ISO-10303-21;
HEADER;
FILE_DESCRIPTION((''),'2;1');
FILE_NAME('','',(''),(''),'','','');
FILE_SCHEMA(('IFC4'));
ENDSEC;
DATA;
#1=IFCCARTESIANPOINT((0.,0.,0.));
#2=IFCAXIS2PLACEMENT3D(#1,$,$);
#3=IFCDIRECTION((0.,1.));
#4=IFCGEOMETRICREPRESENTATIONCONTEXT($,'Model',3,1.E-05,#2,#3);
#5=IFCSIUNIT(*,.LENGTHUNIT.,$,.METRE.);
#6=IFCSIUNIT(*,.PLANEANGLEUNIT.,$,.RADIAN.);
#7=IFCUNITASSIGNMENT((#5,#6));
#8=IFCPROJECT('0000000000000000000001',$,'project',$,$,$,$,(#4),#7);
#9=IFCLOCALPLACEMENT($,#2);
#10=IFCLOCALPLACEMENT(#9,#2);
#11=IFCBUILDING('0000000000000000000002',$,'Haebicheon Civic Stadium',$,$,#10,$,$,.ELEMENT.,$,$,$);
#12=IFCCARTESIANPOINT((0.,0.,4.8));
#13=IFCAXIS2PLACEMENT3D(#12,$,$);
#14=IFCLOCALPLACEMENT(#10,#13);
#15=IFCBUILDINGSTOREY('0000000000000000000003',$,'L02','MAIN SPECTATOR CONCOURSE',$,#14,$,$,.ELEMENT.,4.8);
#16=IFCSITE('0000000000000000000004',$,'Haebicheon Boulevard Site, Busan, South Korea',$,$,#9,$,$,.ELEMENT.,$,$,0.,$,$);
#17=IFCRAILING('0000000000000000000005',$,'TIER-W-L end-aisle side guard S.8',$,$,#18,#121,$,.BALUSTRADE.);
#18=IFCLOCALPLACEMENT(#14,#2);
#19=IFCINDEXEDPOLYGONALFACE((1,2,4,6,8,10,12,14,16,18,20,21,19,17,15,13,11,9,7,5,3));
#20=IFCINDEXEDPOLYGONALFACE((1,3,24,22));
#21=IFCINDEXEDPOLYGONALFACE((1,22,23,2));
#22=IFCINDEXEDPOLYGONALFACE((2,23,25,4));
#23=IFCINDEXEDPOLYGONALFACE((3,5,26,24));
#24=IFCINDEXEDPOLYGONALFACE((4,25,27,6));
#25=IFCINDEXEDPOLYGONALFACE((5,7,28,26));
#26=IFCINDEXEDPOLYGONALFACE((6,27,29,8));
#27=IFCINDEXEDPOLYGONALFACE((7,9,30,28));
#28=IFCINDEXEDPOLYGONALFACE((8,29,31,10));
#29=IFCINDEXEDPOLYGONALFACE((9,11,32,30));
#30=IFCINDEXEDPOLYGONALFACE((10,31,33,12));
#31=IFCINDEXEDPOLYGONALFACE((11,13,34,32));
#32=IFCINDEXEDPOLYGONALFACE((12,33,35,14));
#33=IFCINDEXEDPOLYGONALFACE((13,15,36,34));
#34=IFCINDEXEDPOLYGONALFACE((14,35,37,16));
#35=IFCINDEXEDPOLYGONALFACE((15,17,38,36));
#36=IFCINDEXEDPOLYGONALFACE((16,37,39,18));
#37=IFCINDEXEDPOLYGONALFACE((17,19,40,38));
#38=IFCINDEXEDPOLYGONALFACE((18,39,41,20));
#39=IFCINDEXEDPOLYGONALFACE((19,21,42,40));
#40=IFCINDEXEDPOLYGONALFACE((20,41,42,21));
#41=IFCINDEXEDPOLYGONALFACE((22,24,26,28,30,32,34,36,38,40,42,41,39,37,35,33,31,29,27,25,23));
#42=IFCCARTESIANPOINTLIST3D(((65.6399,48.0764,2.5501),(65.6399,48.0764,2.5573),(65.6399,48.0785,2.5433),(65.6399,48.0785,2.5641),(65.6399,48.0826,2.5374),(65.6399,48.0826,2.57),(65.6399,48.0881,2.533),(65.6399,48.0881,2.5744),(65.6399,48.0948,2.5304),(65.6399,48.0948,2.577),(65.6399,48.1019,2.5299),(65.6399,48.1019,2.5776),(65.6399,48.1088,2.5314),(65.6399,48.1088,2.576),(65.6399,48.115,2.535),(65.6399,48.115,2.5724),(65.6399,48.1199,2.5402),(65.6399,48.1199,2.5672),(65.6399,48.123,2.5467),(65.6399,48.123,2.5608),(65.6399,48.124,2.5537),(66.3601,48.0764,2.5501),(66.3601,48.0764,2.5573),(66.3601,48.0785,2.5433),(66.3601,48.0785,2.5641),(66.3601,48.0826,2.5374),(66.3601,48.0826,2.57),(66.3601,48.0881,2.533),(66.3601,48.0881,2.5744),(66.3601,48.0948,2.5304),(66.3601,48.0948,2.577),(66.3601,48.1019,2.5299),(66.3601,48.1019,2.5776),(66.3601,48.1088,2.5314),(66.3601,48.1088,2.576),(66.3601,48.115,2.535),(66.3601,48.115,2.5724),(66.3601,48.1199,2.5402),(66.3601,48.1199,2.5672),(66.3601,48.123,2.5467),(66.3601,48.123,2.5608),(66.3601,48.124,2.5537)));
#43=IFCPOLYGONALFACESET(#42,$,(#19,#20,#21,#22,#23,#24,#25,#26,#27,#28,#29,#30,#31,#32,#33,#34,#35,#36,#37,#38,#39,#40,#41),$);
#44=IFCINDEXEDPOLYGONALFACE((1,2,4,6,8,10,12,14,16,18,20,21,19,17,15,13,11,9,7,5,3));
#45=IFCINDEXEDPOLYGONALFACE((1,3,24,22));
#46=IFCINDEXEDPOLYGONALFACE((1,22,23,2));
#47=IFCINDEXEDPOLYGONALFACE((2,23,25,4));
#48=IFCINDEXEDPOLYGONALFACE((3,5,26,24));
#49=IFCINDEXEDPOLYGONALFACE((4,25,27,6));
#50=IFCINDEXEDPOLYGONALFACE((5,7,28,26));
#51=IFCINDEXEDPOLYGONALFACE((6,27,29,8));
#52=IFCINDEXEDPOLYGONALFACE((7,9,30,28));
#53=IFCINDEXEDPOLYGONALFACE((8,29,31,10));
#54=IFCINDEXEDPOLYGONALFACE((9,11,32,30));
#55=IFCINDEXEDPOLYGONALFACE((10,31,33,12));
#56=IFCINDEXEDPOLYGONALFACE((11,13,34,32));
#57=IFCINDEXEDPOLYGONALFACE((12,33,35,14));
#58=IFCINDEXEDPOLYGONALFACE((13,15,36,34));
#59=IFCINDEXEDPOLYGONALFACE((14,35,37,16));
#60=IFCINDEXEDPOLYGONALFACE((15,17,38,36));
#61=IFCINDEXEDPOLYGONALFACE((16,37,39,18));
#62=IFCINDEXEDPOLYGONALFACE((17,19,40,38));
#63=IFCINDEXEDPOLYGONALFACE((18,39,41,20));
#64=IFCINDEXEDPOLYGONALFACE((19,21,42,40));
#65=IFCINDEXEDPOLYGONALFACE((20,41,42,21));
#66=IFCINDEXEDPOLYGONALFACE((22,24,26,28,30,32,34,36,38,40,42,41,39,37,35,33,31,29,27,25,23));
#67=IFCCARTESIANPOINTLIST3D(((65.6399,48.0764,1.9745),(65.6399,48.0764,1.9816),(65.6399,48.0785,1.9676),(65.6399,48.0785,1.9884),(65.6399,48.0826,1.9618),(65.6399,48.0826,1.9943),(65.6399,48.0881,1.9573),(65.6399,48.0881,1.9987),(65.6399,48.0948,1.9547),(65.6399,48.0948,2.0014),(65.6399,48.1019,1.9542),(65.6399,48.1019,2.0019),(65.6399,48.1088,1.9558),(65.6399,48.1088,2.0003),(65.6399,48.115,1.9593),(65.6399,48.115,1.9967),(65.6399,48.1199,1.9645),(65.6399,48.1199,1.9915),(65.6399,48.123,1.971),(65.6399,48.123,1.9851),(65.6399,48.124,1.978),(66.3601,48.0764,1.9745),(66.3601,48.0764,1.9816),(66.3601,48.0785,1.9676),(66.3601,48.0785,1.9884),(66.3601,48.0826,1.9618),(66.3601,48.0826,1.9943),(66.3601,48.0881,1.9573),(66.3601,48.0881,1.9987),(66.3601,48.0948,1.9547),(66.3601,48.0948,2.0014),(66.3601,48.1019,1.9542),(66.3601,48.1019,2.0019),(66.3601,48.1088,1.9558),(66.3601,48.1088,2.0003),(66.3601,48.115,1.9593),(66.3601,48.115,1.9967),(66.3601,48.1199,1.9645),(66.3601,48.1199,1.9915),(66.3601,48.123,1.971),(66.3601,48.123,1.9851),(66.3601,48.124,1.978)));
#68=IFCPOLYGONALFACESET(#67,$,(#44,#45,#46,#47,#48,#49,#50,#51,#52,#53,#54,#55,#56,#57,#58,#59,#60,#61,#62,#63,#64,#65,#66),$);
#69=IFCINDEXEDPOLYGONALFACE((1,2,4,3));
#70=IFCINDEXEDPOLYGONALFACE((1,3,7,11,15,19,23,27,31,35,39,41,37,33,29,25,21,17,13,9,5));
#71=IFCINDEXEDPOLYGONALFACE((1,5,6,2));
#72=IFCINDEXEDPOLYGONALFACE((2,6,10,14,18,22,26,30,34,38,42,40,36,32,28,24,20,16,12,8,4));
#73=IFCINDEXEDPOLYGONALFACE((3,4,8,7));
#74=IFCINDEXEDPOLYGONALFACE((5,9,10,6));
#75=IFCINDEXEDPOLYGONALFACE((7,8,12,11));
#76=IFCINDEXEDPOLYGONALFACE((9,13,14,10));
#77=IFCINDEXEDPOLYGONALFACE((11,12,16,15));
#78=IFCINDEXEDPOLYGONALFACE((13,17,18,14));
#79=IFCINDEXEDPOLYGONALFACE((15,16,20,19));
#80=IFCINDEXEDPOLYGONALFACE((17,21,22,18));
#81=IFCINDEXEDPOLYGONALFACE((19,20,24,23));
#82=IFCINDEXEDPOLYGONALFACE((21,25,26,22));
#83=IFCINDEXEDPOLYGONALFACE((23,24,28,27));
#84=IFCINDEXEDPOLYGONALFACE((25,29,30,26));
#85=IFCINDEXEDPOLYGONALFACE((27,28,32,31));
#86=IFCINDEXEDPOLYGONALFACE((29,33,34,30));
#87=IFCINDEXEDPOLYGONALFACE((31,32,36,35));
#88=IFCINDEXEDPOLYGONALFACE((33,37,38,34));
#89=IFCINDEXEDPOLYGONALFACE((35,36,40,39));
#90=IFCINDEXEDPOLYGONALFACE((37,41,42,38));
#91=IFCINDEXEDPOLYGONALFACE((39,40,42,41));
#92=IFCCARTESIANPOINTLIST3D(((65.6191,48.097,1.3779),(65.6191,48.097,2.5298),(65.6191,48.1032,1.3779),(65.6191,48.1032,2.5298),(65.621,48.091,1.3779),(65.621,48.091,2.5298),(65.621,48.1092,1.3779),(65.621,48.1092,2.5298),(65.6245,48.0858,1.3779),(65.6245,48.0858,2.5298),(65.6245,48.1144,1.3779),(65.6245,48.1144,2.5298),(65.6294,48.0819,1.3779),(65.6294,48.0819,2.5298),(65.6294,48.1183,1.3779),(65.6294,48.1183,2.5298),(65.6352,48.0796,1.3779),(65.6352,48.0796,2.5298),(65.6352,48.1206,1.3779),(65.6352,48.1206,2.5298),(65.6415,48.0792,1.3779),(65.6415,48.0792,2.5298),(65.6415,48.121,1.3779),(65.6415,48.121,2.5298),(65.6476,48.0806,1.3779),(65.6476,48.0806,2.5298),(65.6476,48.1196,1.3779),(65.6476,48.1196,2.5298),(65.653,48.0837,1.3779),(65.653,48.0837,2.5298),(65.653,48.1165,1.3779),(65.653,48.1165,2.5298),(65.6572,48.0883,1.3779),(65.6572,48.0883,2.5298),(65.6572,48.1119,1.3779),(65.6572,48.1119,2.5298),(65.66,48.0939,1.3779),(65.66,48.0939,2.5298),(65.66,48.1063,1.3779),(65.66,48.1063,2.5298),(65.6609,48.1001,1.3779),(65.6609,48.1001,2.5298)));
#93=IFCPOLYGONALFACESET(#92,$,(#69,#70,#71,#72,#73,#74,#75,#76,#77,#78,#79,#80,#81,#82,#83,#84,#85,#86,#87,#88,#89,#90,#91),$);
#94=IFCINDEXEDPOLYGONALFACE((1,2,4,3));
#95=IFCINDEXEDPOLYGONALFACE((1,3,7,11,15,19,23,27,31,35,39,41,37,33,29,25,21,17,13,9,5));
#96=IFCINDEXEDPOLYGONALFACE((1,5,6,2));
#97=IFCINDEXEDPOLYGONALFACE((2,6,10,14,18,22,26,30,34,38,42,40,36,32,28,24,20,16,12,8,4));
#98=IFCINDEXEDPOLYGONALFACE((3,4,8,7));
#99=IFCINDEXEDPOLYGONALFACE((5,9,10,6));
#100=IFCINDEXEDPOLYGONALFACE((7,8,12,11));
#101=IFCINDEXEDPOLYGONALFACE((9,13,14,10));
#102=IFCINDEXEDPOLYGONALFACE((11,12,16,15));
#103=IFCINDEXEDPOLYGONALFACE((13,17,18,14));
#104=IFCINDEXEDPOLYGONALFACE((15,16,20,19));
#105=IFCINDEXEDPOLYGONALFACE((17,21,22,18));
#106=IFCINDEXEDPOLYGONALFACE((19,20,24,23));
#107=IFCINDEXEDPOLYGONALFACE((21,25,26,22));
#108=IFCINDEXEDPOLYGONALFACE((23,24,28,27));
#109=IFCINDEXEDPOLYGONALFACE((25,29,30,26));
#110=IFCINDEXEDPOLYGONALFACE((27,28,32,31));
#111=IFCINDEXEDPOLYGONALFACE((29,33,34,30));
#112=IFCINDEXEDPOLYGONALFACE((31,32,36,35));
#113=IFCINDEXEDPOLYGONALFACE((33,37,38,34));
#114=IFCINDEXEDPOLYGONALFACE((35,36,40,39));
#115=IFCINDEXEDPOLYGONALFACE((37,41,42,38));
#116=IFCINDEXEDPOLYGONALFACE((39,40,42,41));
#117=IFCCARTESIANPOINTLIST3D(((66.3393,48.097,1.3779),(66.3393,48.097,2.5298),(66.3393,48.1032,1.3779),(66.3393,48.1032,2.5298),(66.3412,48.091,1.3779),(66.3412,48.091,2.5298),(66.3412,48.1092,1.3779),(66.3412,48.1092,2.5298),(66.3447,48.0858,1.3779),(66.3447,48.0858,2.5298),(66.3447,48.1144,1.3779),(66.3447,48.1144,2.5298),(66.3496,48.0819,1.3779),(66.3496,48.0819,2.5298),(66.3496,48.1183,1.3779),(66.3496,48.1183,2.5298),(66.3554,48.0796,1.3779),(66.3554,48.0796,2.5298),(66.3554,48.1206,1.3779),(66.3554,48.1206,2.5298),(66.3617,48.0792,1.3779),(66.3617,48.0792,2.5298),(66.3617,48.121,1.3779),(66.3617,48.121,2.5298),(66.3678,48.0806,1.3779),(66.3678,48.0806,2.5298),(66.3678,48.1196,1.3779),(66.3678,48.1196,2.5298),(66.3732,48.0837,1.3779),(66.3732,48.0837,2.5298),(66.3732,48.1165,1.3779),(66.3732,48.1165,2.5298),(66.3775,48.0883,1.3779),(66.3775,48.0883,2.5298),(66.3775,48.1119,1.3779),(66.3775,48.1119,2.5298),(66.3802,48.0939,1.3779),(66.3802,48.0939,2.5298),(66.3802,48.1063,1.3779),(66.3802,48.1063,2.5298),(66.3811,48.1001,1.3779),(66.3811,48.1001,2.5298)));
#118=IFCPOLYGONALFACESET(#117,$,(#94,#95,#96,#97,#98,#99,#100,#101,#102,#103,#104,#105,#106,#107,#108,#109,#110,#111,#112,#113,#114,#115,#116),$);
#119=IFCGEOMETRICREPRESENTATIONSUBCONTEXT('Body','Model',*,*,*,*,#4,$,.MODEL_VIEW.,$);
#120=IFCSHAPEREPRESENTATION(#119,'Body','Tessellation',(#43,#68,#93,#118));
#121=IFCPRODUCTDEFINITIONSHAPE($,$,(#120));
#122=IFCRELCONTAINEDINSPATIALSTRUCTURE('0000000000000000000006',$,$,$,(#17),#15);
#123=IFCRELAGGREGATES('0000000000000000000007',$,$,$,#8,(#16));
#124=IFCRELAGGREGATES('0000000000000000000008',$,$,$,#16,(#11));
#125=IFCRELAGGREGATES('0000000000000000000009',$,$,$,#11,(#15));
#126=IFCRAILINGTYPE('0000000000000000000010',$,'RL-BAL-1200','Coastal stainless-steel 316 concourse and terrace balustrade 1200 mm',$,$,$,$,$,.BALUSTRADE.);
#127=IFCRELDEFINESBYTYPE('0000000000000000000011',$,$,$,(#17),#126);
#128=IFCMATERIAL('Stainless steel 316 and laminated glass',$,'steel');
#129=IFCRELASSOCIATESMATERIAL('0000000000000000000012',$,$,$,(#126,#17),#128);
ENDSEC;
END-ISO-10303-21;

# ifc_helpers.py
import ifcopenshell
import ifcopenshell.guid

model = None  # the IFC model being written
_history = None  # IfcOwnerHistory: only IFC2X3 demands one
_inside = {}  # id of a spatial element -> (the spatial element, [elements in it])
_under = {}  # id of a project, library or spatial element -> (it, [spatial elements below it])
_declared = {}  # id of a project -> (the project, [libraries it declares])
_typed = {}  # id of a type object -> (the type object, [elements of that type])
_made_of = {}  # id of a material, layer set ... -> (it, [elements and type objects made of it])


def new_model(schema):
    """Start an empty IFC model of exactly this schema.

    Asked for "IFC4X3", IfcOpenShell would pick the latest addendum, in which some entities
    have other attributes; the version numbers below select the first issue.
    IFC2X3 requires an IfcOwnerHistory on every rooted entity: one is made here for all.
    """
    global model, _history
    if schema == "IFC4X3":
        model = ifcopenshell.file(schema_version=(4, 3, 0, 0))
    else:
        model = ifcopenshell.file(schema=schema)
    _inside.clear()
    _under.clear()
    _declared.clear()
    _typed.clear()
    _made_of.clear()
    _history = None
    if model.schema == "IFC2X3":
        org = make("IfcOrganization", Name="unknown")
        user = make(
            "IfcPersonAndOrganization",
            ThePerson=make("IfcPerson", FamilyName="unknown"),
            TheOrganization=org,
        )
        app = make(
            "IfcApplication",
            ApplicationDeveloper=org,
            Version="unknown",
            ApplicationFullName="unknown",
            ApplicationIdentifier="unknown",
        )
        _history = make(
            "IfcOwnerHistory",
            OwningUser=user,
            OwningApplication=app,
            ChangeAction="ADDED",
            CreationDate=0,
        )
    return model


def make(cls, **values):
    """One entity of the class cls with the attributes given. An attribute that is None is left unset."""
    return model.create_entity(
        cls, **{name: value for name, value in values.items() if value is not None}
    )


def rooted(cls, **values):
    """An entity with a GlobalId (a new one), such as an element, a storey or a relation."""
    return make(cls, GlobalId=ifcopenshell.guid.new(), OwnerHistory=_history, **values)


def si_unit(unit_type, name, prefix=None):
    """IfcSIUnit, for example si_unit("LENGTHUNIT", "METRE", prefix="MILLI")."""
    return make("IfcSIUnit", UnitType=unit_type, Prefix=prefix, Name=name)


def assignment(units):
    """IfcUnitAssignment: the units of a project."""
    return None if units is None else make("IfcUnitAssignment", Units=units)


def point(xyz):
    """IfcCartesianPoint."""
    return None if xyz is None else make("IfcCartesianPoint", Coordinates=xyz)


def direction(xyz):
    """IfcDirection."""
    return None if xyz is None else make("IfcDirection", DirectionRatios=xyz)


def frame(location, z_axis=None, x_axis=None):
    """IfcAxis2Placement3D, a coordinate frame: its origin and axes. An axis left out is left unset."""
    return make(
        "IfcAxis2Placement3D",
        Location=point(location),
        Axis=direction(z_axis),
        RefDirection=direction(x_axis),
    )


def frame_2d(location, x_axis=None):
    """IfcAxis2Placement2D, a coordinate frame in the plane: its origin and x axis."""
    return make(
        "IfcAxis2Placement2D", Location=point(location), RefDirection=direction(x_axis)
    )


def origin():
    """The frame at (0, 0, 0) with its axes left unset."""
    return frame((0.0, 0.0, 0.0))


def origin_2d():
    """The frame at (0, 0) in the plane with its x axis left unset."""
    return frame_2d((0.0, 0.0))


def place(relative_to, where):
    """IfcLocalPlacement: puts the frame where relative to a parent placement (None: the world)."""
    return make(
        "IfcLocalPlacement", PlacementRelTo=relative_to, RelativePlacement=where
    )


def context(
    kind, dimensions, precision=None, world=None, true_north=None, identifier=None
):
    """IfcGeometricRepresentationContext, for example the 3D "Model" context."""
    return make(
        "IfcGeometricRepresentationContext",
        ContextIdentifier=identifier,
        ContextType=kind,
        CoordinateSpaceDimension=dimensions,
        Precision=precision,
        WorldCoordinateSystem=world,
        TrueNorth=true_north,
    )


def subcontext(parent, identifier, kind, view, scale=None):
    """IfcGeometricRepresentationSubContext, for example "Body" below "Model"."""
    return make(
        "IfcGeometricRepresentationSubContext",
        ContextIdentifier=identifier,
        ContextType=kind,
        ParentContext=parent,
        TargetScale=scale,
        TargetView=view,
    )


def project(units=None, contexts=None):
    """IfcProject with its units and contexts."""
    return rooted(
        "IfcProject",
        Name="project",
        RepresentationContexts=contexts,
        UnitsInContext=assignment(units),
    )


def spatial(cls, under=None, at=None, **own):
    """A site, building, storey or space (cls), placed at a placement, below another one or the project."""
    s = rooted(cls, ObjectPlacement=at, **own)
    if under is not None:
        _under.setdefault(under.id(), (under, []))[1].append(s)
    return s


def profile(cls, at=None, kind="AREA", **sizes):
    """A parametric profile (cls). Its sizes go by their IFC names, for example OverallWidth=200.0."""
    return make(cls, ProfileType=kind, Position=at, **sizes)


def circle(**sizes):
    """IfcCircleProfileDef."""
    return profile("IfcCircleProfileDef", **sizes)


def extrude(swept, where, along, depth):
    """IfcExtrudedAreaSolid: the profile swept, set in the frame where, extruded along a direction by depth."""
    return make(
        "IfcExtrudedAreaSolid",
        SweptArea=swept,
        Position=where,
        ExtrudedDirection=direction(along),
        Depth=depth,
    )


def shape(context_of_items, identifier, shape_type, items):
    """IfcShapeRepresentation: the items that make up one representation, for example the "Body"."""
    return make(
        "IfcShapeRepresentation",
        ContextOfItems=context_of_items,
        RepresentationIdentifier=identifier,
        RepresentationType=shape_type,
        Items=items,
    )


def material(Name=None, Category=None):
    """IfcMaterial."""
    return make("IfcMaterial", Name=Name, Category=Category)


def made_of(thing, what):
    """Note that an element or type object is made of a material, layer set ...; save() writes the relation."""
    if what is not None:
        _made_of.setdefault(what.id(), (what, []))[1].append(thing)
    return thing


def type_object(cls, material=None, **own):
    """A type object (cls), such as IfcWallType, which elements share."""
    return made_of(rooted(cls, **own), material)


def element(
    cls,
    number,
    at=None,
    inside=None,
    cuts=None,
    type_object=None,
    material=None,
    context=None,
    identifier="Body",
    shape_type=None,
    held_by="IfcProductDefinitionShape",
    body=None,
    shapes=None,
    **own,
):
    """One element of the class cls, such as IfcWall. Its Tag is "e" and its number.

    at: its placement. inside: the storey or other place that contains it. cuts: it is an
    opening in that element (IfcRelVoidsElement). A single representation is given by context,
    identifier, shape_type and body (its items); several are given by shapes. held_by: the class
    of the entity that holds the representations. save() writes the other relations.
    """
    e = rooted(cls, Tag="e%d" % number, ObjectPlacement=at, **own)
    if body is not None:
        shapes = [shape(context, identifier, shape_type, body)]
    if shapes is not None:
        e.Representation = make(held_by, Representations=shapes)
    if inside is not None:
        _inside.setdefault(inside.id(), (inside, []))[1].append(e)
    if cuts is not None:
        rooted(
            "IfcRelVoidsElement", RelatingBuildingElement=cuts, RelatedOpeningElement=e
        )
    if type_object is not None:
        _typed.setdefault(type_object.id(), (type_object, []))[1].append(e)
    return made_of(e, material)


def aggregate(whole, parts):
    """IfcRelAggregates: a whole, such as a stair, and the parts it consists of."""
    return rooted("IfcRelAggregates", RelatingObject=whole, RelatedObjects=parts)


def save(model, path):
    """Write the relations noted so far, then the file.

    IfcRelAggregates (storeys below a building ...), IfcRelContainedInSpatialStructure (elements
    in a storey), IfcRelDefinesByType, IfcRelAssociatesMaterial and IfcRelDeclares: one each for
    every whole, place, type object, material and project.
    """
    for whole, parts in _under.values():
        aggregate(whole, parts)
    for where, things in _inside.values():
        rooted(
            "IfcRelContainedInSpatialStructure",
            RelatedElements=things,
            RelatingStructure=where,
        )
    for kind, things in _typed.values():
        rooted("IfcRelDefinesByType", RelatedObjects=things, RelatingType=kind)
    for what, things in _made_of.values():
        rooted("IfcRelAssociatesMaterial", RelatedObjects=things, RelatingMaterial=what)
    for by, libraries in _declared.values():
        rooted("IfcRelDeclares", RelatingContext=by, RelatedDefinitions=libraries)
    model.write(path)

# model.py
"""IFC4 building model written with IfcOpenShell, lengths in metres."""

from ifc_helpers import new_model, si_unit, direction, frame, origin, origin_2d, place, context, subcontext, project, spatial, circle, extrude, material, type_object, element, save


model = new_model("IFC4")

# Units and contexts
model_context = context("Model", 3, precision=1e-05, world=origin(), true_north=direction((0.0, 1.0)))
body_context = subcontext(model_context, "Body", "Model", "MODEL_VIEW")
ifc_project = project(units=[si_unit("LENGTHUNIT", "METRE"), si_unit("PLANEANGLEUNIT", "RADIAN")], contexts=[model_context])

# Site, building, storey
site_placement = place(None, origin())
site = spatial("IfcSite", under=ifc_project, at=site_placement, Name="Haebicheon Boulevard Site, Busan, South Korea", CompositionType="ELEMENT", RefElevation=0.0)
building_placement = place(site_placement, origin())
building = spatial("IfcBuilding", under=site, at=building_placement, Name="Haebicheon Civic Stadium", CompositionType="ELEMENT")
storey_placement = place(building_placement, frame((0.0, 0.0, 4.8)))
storey = spatial("IfcBuildingStorey", under=building, at=storey_placement, Name="L02", Description="MAIN SPECTATOR CONCOURSE", CompositionType="ELEMENT", Elevation=4.8)

# Railing
ifc_material_1 = material(Name="Stainless steel 316 and laminated glass", Category="steel")
railing_type = type_object("IfcRailingType", Name="RL-BAL-1200", Description="Coastal stainless-steel 316 concourse and terrace balustrade 1200 mm", PredefinedType="BALUSTRADE", material=ifc_material_1)
railing_1_placement = place(storey_placement, frame((65.6399, 48.1001, 1.3779)))
element("IfcRailing", 1, at=railing_1_placement, inside=storey, type_object=railing_type, material=ifc_material_1, Name="TIER-W-L end-aisle side guard S.8", PredefinedType="BALUSTRADE", context=body_context, shape_type="SweptSolid", body=[
    extrude(circle(Radius=0.0239, at=origin_2d()), frame((0.0, 0.0, 1.1758), z_axis=(1.0, 0.0, 0.0), x_axis=(0.0, 1.0, 0.0)), (0.0, 0.0, 1.0), 0.7202),
    extrude(circle(Radius=0.0239, at=origin_2d()), frame((0.0, 0.0, 0.6001), z_axis=(1.0, 0.0, 0.0), x_axis=(0.0, 1.0, 0.0)), (0.0, 0.0, 1.0), 0.7202),
    extrude(circle(Radius=0.021, at=origin_2d()), origin(), (0.0, 0.0, 1.0), 1.1519),
    extrude(circle(Radius=0.021, at=origin_2d()), frame((0.7202, 0.0, 0.0)), (0.0, 0.0, 1.0), 1.1519),
])

save(model, "model.ifc")
